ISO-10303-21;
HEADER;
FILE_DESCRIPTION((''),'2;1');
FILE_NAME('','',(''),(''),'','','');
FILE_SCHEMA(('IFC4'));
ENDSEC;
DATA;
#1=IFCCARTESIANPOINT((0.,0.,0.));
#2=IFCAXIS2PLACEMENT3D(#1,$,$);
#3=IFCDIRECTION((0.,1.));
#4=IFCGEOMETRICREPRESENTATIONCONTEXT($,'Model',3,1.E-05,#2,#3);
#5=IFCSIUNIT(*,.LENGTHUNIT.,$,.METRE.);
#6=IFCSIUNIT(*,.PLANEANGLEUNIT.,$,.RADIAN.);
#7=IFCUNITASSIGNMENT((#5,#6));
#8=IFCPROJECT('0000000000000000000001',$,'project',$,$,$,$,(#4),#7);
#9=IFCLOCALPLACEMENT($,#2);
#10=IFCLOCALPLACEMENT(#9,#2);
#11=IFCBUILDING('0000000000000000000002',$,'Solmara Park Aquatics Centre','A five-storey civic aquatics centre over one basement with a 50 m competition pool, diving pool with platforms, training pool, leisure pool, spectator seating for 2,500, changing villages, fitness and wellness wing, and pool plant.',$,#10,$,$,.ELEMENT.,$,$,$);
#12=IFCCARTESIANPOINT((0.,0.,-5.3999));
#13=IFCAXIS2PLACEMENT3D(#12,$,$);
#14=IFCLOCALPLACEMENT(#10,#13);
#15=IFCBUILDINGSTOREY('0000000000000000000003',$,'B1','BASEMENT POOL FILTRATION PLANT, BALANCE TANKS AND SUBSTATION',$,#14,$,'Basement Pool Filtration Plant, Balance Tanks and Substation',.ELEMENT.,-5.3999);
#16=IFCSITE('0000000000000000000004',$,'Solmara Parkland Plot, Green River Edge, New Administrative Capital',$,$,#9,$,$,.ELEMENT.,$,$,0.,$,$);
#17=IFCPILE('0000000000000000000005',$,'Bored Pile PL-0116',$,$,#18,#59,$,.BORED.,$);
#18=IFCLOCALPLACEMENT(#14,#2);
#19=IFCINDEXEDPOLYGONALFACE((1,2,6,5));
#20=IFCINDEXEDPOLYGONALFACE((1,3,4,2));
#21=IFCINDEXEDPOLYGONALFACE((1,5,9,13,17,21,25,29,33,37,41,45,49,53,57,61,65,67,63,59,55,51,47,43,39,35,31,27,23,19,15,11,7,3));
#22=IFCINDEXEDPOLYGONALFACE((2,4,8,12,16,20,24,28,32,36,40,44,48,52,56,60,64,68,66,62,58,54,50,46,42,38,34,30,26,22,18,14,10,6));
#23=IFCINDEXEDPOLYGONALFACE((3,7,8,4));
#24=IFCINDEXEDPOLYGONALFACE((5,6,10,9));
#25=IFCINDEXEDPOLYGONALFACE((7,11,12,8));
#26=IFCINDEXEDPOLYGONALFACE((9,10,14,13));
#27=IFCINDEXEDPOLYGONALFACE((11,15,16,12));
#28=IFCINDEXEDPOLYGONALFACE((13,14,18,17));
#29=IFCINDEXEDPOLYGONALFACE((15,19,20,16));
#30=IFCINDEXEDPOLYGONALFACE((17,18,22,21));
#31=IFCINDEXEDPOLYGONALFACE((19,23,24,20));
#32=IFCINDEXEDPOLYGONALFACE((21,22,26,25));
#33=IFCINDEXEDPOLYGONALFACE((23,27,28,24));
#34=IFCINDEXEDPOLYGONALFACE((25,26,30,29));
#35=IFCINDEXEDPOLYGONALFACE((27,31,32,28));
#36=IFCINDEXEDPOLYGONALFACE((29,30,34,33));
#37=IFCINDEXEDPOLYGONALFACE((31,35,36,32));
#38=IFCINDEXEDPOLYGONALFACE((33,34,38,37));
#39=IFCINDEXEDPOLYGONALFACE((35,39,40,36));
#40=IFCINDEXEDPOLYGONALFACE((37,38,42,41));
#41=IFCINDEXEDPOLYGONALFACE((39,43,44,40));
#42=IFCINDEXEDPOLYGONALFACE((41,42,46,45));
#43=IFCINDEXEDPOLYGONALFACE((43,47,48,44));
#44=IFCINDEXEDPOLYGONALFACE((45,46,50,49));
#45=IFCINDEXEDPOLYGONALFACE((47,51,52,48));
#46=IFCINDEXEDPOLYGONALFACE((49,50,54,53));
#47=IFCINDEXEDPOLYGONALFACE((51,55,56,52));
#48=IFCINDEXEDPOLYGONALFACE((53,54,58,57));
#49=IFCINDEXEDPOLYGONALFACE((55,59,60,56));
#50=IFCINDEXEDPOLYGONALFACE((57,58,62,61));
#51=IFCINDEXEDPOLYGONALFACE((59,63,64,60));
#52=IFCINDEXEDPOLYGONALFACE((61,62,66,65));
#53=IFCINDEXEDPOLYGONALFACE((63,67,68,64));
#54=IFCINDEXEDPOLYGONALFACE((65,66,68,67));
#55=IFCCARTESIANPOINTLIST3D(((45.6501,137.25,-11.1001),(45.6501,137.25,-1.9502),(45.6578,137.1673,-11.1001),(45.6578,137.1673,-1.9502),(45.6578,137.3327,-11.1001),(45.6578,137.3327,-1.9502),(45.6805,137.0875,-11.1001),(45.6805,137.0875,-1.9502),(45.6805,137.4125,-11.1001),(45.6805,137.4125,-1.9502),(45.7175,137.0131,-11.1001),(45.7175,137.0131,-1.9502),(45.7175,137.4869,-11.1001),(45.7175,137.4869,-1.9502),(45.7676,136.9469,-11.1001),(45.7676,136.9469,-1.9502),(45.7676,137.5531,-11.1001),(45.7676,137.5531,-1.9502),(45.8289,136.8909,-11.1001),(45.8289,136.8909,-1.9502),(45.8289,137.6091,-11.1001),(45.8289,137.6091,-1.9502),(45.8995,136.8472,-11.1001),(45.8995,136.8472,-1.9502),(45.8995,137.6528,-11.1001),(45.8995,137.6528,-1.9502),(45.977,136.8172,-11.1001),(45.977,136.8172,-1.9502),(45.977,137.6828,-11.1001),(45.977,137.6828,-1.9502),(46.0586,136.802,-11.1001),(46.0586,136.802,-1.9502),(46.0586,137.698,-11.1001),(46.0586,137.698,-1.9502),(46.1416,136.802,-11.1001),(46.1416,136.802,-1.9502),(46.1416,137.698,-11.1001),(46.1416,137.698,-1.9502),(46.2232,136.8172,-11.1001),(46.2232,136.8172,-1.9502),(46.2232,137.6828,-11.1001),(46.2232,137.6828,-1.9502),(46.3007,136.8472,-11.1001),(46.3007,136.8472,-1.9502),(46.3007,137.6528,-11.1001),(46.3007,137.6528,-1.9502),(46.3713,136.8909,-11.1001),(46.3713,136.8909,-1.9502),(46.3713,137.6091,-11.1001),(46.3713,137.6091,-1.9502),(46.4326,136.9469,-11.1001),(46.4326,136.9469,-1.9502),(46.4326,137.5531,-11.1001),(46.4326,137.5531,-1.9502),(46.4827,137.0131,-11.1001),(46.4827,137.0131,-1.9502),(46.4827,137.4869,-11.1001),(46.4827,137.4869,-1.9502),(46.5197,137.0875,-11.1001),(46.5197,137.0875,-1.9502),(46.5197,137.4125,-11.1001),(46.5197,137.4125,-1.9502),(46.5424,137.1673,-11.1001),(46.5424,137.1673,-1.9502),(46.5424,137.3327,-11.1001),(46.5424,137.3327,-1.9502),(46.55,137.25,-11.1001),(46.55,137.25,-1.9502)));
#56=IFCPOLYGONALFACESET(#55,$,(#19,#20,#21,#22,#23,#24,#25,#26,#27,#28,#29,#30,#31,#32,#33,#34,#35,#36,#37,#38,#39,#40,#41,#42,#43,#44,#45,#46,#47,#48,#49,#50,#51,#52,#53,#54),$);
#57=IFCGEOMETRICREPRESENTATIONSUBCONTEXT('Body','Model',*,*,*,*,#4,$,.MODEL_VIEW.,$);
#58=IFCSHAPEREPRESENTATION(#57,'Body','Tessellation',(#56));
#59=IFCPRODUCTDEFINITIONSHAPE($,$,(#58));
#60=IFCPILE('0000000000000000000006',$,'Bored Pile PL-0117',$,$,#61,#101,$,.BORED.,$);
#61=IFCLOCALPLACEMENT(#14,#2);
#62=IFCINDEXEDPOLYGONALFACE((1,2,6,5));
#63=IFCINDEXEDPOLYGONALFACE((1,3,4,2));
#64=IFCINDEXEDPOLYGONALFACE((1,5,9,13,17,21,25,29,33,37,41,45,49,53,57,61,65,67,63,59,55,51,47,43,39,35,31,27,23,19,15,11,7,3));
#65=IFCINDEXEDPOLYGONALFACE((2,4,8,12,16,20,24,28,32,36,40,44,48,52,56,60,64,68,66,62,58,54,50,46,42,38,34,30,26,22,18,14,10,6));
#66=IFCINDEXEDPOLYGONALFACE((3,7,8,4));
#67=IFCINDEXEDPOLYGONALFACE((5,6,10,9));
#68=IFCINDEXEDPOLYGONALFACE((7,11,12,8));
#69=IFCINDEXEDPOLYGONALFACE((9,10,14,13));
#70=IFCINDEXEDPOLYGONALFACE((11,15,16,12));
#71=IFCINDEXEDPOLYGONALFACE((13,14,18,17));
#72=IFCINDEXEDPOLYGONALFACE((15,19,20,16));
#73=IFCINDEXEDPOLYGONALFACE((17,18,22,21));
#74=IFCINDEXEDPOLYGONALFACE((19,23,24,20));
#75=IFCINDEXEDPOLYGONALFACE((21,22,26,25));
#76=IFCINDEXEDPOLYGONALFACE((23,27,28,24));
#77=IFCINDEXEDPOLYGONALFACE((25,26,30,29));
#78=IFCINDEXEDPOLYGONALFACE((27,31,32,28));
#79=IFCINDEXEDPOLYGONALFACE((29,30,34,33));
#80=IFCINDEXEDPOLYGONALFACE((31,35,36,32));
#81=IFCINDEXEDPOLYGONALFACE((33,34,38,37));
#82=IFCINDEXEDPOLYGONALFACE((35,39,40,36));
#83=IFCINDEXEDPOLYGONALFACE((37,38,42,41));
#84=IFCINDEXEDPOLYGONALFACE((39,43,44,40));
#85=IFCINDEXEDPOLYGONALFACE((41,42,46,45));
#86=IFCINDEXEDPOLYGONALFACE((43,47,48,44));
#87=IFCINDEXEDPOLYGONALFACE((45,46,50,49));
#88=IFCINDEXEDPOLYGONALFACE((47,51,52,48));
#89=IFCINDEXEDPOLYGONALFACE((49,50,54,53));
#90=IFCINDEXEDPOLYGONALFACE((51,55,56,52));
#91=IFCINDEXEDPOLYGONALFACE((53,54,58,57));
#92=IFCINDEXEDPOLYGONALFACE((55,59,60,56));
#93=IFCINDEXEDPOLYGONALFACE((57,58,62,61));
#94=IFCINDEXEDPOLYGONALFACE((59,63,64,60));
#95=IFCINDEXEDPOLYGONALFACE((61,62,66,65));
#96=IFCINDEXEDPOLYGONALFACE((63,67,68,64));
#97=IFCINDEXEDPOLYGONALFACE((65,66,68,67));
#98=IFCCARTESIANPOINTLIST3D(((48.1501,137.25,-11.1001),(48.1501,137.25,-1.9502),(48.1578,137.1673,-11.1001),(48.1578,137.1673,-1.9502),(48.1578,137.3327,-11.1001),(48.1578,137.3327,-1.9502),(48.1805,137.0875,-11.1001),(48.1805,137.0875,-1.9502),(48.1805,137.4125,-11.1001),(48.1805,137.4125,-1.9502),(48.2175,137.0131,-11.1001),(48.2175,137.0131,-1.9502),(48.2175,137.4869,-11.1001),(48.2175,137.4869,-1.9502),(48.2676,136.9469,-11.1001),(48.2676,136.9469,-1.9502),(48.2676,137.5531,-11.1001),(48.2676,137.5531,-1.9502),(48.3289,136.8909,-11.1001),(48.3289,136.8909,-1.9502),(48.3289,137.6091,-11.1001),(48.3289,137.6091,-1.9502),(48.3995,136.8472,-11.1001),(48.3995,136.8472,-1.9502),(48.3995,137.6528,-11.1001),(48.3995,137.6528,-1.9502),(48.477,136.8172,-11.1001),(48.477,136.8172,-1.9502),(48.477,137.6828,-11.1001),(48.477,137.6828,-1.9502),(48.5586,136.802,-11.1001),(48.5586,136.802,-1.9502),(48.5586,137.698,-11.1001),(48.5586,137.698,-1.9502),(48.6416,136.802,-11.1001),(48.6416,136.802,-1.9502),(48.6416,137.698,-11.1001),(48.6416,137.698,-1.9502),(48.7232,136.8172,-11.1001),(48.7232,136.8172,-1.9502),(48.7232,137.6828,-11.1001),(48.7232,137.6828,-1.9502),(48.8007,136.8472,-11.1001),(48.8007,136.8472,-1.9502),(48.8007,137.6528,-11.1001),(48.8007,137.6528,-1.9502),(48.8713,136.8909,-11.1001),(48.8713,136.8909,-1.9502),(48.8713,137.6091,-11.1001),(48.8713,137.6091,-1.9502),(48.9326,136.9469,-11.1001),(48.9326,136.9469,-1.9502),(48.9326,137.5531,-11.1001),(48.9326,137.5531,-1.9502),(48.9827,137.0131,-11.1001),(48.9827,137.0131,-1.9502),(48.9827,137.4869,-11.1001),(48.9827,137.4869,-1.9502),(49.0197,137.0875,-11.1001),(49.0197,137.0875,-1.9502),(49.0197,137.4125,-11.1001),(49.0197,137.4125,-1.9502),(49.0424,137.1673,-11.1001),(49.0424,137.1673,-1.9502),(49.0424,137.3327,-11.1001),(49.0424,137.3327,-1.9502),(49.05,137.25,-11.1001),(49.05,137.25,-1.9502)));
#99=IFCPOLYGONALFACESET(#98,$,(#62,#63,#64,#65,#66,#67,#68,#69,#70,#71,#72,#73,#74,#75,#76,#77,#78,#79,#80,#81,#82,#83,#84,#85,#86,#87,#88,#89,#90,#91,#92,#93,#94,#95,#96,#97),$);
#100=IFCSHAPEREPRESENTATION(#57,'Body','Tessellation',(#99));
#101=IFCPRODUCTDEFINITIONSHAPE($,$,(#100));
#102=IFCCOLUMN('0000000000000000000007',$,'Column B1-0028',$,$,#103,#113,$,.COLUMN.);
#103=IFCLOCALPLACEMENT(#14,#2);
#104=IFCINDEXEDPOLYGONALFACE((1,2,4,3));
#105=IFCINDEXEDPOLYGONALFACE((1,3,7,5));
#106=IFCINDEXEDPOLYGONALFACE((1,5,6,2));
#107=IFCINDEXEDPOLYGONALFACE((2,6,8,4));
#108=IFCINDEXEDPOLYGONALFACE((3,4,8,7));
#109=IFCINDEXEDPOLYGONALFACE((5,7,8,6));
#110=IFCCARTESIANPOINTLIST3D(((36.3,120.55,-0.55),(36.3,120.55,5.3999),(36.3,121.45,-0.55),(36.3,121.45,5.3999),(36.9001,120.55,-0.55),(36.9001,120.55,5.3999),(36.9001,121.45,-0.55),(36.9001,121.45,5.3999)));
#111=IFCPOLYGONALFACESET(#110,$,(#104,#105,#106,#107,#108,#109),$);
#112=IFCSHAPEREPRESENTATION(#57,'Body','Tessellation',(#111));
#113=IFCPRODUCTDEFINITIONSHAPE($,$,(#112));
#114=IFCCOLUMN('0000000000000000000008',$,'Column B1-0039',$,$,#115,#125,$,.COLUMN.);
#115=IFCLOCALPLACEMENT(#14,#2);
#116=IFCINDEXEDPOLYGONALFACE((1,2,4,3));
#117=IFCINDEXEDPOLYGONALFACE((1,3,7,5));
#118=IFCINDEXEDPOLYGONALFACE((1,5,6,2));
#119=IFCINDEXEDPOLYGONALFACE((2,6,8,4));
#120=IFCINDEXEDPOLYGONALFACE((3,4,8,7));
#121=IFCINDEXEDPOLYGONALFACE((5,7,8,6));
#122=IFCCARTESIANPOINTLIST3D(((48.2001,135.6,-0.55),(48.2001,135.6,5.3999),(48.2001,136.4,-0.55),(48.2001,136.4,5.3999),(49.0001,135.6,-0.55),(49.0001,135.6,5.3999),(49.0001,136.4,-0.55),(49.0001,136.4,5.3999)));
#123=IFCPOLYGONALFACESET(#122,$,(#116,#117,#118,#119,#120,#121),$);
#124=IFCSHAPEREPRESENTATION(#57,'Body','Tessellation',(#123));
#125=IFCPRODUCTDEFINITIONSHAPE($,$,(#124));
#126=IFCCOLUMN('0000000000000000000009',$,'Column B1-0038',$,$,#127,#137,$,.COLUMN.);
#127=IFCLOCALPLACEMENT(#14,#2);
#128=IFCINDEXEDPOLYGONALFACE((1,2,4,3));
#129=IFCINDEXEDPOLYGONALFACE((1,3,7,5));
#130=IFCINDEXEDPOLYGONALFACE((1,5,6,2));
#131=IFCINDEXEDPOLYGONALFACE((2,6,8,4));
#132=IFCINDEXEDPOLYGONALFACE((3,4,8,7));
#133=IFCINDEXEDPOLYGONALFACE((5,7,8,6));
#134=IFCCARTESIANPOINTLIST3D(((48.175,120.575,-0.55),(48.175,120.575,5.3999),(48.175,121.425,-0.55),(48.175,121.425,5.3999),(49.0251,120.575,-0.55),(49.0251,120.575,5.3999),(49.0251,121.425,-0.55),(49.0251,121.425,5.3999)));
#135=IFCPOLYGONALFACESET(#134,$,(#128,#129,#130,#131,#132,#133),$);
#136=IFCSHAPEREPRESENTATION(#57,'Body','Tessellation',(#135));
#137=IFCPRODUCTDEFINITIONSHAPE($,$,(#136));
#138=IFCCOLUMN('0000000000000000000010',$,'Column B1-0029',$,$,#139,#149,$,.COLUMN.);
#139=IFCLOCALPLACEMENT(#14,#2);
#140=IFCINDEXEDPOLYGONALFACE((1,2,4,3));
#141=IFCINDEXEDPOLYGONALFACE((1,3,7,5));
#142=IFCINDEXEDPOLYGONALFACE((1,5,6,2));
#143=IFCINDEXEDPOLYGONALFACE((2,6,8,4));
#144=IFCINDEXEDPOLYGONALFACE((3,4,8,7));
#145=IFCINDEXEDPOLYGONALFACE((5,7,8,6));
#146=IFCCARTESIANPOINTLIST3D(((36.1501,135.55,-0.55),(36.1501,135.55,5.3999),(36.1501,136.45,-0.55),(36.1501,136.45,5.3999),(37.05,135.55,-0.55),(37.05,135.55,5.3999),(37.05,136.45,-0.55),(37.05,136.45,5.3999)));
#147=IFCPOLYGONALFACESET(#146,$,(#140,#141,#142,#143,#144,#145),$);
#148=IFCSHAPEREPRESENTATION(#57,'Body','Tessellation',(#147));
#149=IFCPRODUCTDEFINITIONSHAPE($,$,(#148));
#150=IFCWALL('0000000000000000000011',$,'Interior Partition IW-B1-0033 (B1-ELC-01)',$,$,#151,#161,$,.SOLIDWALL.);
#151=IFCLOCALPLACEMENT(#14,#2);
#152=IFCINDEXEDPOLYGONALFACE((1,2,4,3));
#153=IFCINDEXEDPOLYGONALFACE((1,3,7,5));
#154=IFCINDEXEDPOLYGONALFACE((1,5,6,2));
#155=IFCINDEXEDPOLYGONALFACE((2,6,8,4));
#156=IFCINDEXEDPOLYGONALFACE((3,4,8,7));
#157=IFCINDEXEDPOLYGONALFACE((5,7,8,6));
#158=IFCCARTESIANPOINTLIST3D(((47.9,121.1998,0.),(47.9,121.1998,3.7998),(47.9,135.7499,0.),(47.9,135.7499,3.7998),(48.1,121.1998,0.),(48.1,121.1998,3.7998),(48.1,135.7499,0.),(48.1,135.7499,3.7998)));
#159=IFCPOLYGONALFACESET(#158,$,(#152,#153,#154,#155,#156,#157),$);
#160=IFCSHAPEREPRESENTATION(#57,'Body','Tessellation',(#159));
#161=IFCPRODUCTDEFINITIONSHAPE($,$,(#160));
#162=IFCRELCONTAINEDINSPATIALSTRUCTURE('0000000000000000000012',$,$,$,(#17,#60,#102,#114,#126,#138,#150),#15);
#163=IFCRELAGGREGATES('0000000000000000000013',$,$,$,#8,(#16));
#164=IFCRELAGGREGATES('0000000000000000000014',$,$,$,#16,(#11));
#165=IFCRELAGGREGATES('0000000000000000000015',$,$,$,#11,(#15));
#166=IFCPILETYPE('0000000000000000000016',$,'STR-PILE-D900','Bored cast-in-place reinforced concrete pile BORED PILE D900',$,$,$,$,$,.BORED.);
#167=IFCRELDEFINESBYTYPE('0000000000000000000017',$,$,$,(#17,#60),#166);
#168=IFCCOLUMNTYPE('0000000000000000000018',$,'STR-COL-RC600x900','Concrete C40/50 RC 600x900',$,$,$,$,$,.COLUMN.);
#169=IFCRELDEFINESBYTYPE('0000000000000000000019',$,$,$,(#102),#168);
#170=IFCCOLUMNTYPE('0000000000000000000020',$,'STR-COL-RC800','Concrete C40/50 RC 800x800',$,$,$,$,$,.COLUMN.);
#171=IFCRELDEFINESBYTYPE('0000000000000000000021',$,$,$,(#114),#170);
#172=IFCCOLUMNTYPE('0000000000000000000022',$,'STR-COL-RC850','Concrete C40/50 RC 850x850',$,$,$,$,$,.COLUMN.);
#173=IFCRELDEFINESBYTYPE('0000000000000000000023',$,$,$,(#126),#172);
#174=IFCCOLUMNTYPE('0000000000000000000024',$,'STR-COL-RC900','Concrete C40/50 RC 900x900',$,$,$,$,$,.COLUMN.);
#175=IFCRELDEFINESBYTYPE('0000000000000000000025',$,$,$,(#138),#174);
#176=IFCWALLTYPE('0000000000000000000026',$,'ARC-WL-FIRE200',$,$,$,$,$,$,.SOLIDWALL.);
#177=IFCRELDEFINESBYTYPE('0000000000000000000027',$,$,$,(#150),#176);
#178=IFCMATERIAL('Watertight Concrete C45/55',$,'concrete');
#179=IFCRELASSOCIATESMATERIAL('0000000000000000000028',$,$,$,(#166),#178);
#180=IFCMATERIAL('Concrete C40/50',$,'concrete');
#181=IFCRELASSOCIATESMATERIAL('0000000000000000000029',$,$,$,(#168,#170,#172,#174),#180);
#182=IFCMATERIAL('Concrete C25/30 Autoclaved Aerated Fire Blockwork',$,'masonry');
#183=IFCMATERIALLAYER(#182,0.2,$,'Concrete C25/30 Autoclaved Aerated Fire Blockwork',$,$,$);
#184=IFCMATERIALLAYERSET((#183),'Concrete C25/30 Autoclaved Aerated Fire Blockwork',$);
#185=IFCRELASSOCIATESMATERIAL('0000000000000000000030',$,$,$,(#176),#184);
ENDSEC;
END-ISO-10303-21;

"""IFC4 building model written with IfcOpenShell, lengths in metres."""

from ifc_helpers import new_model, si_unit, direction, frame, frame_2d, origin, origin_2d, place, context, subcontext, project, spatial, rectangle, circle, extrude, material, layer, layer_set, material_profile, profile_set, type_object, element, save


model = new_model("IFC4")

# Units and contexts
model_context = context("Model", 3, precision=1e-05, world=origin(), true_north=direction((0.0, 1.0)))
body_context = subcontext(model_context, "Body", "Model", "MODEL_VIEW")
ifc_project = project(units=[si_unit("LENGTHUNIT", "METRE"), si_unit("PLANEANGLEUNIT", "RADIAN")], contexts=[model_context])

# Site, building, storey
site_placement = place(None, origin())
site = spatial("IfcSite", under=ifc_project, at=site_placement, Name="Solmara Parkland Plot, Green River Edge, New Administrative Capital", CompositionType="ELEMENT", RefElevation=0.0)
building_placement = place(site_placement, origin())
building = spatial("IfcBuilding", under=site, at=building_placement, Name="Solmara Park Aquatics Centre", Description="A five-storey civic aquatics centre over one basement with a 50 m competition pool, diving pool with platforms, training pool, leisure pool, spectator seating for 2,500, changing villages, fitness and wellness wing, and pool plant.", CompositionType="ELEMENT")
storey_placement = place(building_placement, frame((0.0, 0.0, -5.3999)))
storey = spatial("IfcBuildingStorey", under=building, at=storey_placement, Name="B1", Description="BASEMENT POOL FILTRATION PLANT, BALANCE TANKS AND SUBSTATION", LongName="Basement Pool Filtration Plant, Balance Tanks and Substation", CompositionType="ELEMENT", Elevation=-5.3999)

# Shared definitions
ifc_material_1 = material(Name="Watertight Concrete C45/55", Category="concrete")

# Piles
ifc_material_profile_1 = material_profile(ifc_material_1, circle(Radius=0.45, at=origin_2d()), Name="BORED PILE D900")
ifc_profile_set_1 = profile_set([ifc_material_profile_1], Name="Watertight Concrete C45/55")
pile_type_1 = type_object("IfcPileType", Name="STR-PILE-D900", Description="Bored cast-in-place reinforced concrete pile BORED PILE D900", PredefinedType="BORED", material=ifc_profile_set_1)
for number, where, z_axis, x_axis, name in (
    (1, (46.1001, 137.25, -1.9502), (0.0, 0.0, -1.0), (1.0, 0.0, 0.0), "Bored Pile PL-0116"),
    (2, (48.6001, 137.25, -1.9502), (0.0, 0.0, -1.0), (1.0, 0.0, 0.0), "Bored Pile PL-0117"),
):
    element("IfcPile", number, at=place(storey_placement, frame(where, z_axis=z_axis, x_axis=x_axis)), inside=storey, type_object=pile_type_1, Name=name, PredefinedType="BORED", context=body_context, shape_type="SweptSolid", body=[
        extrude(circle(Radius=0.45, at=origin_2d()), origin(), (0.0, 0.0, 1.0), 9.1499),
    ])

# Columns
ifc_material_2 = material(Name="Concrete C40/50", Category="concrete")
ifc_material_profile_2 = material_profile(ifc_material_2, rectangle(XDim=0.6001, YDim=0.8999, at=origin_2d()), Name="RC 600x900")
ifc_profile_set_2 = profile_set([ifc_material_profile_2], Name="Concrete C40/50")
column_type_1 = type_object("IfcColumnType", Name="STR-COL-RC600x900", Description="Concrete C40/50 RC 600x900", PredefinedType="COLUMN", material=ifc_profile_set_2)
column_1_placement = place(storey_placement, frame((36.6001, 121.0, -0.55), z_axis=(0.0, 0.0, 1.0), x_axis=(1.0, 0.0, 0.0)))
element("IfcColumn", 3, at=column_1_placement, inside=storey, type_object=column_type_1, Name="Column B1-0028", PredefinedType="COLUMN", context=body_context, shape_type="SweptSolid", body=[
    extrude(rectangle(XDim=0.6001, YDim=0.8999, at=origin_2d()), origin(), (0.0, 0.0, 1.0), 5.95),
])
ifc_material_profile_3 = material_profile(ifc_material_2, rectangle(XDim=0.8, YDim=0.8, at=origin_2d()), Name="RC 800x800")
ifc_profile_set_3 = profile_set([ifc_material_profile_3], Name="Concrete C40/50")
column_type_2 = type_object("IfcColumnType", Name="STR-COL-RC800", Description="Concrete C40/50 RC 800x800", PredefinedType="COLUMN", material=ifc_profile_set_3)
column_2_placement = place(storey_placement, frame((48.6001, 136.0, -0.55), z_axis=(0.0, 0.0, 1.0), x_axis=(1.0, 0.0, 0.0)))
element("IfcColumn", 4, at=column_2_placement, inside=storey, type_object=column_type_2, Name="Column B1-0039", PredefinedType="COLUMN", context=body_context, shape_type="SweptSolid", body=[
    extrude(rectangle(XDim=0.8, YDim=0.8, at=origin_2d()), origin(), (0.0, 0.0, 1.0), 5.95),
])
ifc_material_profile_4 = material_profile(ifc_material_2, rectangle(XDim=0.8501, YDim=0.8501, at=origin_2d()), Name="RC 850x850")
ifc_profile_set_4 = profile_set([ifc_material_profile_4], Name="Concrete C40/50")
column_type_3 = type_object("IfcColumnType", Name="STR-COL-RC850", Description="Concrete C40/50 RC 850x850", PredefinedType="COLUMN", material=ifc_profile_set_4)
column_3_placement = place(storey_placement, frame((48.6001, 121.0, -0.55), z_axis=(0.0, 0.0, 1.0), x_axis=(1.0, 0.0, 0.0)))
element("IfcColumn", 5, at=column_3_placement, inside=storey, type_object=column_type_3, Name="Column B1-0038", PredefinedType="COLUMN", context=body_context, shape_type="SweptSolid", body=[
    extrude(rectangle(XDim=0.8501, YDim=0.8501, at=origin_2d()), origin(), (0.0, 0.0, 1.0), 5.95),
])
ifc_material_profile_5 = material_profile(ifc_material_2, rectangle(XDim=0.8999, YDim=0.8999, at=origin_2d()), Name="RC 900x900")
ifc_profile_set_5 = profile_set([ifc_material_profile_5], Name="Concrete C40/50")
column_type_4 = type_object("IfcColumnType", Name="STR-COL-RC900", Description="Concrete C40/50 RC 900x900", PredefinedType="COLUMN", material=ifc_profile_set_5)
column_4_placement = place(storey_placement, frame((36.6001, 136.0, -0.55), z_axis=(0.0, 0.0, 1.0), x_axis=(1.0, 0.0, 0.0)))
element("IfcColumn", 6, at=column_4_placement, inside=storey, type_object=column_type_4, Name="Column B1-0029", PredefinedType="COLUMN", context=body_context, shape_type="SweptSolid", body=[
    extrude(rectangle(XDim=0.8999, YDim=0.8999, at=origin_2d()), origin(), (0.0, 0.0, 1.0), 5.95),
])

# Wall
ifc_material_3 = material(Name="Concrete C25/30 Autoclaved Aerated Fire Blockwork", Category="masonry")
ifc_layer = layer(ifc_material_3, 0.2, Name="Concrete C25/30 Autoclaved Aerated Fire Blockwork")
ifc_layer_set = layer_set([ifc_layer], Name="Concrete C25/30 Autoclaved Aerated Fire Blockwork")
wall_type = type_object("IfcWallType", Name="ARC-WL-FIRE200", PredefinedType="SOLIDWALL", material=ifc_layer_set)
wall_1_placement = place(storey_placement, frame((48.0, 121.2, 0.0), z_axis=(0.0, 0.0, 1.0), x_axis=(0.0, 1.0, 0.0)))
element("IfcWall", 7, at=wall_1_placement, inside=storey, type_object=wall_type, Name="Interior Partition IW-B1-0033 (B1-ELC-01)", PredefinedType="SOLIDWALL", context=body_context, shape_type="SweptSolid", body=[
    extrude(rectangle(XDim=14.55, YDim=0.2, at=frame_2d((7.2749, 0.0))), origin(), (0.0, 0.0, 1.0), 3.7998),
])

save(model, "model.ifc")
